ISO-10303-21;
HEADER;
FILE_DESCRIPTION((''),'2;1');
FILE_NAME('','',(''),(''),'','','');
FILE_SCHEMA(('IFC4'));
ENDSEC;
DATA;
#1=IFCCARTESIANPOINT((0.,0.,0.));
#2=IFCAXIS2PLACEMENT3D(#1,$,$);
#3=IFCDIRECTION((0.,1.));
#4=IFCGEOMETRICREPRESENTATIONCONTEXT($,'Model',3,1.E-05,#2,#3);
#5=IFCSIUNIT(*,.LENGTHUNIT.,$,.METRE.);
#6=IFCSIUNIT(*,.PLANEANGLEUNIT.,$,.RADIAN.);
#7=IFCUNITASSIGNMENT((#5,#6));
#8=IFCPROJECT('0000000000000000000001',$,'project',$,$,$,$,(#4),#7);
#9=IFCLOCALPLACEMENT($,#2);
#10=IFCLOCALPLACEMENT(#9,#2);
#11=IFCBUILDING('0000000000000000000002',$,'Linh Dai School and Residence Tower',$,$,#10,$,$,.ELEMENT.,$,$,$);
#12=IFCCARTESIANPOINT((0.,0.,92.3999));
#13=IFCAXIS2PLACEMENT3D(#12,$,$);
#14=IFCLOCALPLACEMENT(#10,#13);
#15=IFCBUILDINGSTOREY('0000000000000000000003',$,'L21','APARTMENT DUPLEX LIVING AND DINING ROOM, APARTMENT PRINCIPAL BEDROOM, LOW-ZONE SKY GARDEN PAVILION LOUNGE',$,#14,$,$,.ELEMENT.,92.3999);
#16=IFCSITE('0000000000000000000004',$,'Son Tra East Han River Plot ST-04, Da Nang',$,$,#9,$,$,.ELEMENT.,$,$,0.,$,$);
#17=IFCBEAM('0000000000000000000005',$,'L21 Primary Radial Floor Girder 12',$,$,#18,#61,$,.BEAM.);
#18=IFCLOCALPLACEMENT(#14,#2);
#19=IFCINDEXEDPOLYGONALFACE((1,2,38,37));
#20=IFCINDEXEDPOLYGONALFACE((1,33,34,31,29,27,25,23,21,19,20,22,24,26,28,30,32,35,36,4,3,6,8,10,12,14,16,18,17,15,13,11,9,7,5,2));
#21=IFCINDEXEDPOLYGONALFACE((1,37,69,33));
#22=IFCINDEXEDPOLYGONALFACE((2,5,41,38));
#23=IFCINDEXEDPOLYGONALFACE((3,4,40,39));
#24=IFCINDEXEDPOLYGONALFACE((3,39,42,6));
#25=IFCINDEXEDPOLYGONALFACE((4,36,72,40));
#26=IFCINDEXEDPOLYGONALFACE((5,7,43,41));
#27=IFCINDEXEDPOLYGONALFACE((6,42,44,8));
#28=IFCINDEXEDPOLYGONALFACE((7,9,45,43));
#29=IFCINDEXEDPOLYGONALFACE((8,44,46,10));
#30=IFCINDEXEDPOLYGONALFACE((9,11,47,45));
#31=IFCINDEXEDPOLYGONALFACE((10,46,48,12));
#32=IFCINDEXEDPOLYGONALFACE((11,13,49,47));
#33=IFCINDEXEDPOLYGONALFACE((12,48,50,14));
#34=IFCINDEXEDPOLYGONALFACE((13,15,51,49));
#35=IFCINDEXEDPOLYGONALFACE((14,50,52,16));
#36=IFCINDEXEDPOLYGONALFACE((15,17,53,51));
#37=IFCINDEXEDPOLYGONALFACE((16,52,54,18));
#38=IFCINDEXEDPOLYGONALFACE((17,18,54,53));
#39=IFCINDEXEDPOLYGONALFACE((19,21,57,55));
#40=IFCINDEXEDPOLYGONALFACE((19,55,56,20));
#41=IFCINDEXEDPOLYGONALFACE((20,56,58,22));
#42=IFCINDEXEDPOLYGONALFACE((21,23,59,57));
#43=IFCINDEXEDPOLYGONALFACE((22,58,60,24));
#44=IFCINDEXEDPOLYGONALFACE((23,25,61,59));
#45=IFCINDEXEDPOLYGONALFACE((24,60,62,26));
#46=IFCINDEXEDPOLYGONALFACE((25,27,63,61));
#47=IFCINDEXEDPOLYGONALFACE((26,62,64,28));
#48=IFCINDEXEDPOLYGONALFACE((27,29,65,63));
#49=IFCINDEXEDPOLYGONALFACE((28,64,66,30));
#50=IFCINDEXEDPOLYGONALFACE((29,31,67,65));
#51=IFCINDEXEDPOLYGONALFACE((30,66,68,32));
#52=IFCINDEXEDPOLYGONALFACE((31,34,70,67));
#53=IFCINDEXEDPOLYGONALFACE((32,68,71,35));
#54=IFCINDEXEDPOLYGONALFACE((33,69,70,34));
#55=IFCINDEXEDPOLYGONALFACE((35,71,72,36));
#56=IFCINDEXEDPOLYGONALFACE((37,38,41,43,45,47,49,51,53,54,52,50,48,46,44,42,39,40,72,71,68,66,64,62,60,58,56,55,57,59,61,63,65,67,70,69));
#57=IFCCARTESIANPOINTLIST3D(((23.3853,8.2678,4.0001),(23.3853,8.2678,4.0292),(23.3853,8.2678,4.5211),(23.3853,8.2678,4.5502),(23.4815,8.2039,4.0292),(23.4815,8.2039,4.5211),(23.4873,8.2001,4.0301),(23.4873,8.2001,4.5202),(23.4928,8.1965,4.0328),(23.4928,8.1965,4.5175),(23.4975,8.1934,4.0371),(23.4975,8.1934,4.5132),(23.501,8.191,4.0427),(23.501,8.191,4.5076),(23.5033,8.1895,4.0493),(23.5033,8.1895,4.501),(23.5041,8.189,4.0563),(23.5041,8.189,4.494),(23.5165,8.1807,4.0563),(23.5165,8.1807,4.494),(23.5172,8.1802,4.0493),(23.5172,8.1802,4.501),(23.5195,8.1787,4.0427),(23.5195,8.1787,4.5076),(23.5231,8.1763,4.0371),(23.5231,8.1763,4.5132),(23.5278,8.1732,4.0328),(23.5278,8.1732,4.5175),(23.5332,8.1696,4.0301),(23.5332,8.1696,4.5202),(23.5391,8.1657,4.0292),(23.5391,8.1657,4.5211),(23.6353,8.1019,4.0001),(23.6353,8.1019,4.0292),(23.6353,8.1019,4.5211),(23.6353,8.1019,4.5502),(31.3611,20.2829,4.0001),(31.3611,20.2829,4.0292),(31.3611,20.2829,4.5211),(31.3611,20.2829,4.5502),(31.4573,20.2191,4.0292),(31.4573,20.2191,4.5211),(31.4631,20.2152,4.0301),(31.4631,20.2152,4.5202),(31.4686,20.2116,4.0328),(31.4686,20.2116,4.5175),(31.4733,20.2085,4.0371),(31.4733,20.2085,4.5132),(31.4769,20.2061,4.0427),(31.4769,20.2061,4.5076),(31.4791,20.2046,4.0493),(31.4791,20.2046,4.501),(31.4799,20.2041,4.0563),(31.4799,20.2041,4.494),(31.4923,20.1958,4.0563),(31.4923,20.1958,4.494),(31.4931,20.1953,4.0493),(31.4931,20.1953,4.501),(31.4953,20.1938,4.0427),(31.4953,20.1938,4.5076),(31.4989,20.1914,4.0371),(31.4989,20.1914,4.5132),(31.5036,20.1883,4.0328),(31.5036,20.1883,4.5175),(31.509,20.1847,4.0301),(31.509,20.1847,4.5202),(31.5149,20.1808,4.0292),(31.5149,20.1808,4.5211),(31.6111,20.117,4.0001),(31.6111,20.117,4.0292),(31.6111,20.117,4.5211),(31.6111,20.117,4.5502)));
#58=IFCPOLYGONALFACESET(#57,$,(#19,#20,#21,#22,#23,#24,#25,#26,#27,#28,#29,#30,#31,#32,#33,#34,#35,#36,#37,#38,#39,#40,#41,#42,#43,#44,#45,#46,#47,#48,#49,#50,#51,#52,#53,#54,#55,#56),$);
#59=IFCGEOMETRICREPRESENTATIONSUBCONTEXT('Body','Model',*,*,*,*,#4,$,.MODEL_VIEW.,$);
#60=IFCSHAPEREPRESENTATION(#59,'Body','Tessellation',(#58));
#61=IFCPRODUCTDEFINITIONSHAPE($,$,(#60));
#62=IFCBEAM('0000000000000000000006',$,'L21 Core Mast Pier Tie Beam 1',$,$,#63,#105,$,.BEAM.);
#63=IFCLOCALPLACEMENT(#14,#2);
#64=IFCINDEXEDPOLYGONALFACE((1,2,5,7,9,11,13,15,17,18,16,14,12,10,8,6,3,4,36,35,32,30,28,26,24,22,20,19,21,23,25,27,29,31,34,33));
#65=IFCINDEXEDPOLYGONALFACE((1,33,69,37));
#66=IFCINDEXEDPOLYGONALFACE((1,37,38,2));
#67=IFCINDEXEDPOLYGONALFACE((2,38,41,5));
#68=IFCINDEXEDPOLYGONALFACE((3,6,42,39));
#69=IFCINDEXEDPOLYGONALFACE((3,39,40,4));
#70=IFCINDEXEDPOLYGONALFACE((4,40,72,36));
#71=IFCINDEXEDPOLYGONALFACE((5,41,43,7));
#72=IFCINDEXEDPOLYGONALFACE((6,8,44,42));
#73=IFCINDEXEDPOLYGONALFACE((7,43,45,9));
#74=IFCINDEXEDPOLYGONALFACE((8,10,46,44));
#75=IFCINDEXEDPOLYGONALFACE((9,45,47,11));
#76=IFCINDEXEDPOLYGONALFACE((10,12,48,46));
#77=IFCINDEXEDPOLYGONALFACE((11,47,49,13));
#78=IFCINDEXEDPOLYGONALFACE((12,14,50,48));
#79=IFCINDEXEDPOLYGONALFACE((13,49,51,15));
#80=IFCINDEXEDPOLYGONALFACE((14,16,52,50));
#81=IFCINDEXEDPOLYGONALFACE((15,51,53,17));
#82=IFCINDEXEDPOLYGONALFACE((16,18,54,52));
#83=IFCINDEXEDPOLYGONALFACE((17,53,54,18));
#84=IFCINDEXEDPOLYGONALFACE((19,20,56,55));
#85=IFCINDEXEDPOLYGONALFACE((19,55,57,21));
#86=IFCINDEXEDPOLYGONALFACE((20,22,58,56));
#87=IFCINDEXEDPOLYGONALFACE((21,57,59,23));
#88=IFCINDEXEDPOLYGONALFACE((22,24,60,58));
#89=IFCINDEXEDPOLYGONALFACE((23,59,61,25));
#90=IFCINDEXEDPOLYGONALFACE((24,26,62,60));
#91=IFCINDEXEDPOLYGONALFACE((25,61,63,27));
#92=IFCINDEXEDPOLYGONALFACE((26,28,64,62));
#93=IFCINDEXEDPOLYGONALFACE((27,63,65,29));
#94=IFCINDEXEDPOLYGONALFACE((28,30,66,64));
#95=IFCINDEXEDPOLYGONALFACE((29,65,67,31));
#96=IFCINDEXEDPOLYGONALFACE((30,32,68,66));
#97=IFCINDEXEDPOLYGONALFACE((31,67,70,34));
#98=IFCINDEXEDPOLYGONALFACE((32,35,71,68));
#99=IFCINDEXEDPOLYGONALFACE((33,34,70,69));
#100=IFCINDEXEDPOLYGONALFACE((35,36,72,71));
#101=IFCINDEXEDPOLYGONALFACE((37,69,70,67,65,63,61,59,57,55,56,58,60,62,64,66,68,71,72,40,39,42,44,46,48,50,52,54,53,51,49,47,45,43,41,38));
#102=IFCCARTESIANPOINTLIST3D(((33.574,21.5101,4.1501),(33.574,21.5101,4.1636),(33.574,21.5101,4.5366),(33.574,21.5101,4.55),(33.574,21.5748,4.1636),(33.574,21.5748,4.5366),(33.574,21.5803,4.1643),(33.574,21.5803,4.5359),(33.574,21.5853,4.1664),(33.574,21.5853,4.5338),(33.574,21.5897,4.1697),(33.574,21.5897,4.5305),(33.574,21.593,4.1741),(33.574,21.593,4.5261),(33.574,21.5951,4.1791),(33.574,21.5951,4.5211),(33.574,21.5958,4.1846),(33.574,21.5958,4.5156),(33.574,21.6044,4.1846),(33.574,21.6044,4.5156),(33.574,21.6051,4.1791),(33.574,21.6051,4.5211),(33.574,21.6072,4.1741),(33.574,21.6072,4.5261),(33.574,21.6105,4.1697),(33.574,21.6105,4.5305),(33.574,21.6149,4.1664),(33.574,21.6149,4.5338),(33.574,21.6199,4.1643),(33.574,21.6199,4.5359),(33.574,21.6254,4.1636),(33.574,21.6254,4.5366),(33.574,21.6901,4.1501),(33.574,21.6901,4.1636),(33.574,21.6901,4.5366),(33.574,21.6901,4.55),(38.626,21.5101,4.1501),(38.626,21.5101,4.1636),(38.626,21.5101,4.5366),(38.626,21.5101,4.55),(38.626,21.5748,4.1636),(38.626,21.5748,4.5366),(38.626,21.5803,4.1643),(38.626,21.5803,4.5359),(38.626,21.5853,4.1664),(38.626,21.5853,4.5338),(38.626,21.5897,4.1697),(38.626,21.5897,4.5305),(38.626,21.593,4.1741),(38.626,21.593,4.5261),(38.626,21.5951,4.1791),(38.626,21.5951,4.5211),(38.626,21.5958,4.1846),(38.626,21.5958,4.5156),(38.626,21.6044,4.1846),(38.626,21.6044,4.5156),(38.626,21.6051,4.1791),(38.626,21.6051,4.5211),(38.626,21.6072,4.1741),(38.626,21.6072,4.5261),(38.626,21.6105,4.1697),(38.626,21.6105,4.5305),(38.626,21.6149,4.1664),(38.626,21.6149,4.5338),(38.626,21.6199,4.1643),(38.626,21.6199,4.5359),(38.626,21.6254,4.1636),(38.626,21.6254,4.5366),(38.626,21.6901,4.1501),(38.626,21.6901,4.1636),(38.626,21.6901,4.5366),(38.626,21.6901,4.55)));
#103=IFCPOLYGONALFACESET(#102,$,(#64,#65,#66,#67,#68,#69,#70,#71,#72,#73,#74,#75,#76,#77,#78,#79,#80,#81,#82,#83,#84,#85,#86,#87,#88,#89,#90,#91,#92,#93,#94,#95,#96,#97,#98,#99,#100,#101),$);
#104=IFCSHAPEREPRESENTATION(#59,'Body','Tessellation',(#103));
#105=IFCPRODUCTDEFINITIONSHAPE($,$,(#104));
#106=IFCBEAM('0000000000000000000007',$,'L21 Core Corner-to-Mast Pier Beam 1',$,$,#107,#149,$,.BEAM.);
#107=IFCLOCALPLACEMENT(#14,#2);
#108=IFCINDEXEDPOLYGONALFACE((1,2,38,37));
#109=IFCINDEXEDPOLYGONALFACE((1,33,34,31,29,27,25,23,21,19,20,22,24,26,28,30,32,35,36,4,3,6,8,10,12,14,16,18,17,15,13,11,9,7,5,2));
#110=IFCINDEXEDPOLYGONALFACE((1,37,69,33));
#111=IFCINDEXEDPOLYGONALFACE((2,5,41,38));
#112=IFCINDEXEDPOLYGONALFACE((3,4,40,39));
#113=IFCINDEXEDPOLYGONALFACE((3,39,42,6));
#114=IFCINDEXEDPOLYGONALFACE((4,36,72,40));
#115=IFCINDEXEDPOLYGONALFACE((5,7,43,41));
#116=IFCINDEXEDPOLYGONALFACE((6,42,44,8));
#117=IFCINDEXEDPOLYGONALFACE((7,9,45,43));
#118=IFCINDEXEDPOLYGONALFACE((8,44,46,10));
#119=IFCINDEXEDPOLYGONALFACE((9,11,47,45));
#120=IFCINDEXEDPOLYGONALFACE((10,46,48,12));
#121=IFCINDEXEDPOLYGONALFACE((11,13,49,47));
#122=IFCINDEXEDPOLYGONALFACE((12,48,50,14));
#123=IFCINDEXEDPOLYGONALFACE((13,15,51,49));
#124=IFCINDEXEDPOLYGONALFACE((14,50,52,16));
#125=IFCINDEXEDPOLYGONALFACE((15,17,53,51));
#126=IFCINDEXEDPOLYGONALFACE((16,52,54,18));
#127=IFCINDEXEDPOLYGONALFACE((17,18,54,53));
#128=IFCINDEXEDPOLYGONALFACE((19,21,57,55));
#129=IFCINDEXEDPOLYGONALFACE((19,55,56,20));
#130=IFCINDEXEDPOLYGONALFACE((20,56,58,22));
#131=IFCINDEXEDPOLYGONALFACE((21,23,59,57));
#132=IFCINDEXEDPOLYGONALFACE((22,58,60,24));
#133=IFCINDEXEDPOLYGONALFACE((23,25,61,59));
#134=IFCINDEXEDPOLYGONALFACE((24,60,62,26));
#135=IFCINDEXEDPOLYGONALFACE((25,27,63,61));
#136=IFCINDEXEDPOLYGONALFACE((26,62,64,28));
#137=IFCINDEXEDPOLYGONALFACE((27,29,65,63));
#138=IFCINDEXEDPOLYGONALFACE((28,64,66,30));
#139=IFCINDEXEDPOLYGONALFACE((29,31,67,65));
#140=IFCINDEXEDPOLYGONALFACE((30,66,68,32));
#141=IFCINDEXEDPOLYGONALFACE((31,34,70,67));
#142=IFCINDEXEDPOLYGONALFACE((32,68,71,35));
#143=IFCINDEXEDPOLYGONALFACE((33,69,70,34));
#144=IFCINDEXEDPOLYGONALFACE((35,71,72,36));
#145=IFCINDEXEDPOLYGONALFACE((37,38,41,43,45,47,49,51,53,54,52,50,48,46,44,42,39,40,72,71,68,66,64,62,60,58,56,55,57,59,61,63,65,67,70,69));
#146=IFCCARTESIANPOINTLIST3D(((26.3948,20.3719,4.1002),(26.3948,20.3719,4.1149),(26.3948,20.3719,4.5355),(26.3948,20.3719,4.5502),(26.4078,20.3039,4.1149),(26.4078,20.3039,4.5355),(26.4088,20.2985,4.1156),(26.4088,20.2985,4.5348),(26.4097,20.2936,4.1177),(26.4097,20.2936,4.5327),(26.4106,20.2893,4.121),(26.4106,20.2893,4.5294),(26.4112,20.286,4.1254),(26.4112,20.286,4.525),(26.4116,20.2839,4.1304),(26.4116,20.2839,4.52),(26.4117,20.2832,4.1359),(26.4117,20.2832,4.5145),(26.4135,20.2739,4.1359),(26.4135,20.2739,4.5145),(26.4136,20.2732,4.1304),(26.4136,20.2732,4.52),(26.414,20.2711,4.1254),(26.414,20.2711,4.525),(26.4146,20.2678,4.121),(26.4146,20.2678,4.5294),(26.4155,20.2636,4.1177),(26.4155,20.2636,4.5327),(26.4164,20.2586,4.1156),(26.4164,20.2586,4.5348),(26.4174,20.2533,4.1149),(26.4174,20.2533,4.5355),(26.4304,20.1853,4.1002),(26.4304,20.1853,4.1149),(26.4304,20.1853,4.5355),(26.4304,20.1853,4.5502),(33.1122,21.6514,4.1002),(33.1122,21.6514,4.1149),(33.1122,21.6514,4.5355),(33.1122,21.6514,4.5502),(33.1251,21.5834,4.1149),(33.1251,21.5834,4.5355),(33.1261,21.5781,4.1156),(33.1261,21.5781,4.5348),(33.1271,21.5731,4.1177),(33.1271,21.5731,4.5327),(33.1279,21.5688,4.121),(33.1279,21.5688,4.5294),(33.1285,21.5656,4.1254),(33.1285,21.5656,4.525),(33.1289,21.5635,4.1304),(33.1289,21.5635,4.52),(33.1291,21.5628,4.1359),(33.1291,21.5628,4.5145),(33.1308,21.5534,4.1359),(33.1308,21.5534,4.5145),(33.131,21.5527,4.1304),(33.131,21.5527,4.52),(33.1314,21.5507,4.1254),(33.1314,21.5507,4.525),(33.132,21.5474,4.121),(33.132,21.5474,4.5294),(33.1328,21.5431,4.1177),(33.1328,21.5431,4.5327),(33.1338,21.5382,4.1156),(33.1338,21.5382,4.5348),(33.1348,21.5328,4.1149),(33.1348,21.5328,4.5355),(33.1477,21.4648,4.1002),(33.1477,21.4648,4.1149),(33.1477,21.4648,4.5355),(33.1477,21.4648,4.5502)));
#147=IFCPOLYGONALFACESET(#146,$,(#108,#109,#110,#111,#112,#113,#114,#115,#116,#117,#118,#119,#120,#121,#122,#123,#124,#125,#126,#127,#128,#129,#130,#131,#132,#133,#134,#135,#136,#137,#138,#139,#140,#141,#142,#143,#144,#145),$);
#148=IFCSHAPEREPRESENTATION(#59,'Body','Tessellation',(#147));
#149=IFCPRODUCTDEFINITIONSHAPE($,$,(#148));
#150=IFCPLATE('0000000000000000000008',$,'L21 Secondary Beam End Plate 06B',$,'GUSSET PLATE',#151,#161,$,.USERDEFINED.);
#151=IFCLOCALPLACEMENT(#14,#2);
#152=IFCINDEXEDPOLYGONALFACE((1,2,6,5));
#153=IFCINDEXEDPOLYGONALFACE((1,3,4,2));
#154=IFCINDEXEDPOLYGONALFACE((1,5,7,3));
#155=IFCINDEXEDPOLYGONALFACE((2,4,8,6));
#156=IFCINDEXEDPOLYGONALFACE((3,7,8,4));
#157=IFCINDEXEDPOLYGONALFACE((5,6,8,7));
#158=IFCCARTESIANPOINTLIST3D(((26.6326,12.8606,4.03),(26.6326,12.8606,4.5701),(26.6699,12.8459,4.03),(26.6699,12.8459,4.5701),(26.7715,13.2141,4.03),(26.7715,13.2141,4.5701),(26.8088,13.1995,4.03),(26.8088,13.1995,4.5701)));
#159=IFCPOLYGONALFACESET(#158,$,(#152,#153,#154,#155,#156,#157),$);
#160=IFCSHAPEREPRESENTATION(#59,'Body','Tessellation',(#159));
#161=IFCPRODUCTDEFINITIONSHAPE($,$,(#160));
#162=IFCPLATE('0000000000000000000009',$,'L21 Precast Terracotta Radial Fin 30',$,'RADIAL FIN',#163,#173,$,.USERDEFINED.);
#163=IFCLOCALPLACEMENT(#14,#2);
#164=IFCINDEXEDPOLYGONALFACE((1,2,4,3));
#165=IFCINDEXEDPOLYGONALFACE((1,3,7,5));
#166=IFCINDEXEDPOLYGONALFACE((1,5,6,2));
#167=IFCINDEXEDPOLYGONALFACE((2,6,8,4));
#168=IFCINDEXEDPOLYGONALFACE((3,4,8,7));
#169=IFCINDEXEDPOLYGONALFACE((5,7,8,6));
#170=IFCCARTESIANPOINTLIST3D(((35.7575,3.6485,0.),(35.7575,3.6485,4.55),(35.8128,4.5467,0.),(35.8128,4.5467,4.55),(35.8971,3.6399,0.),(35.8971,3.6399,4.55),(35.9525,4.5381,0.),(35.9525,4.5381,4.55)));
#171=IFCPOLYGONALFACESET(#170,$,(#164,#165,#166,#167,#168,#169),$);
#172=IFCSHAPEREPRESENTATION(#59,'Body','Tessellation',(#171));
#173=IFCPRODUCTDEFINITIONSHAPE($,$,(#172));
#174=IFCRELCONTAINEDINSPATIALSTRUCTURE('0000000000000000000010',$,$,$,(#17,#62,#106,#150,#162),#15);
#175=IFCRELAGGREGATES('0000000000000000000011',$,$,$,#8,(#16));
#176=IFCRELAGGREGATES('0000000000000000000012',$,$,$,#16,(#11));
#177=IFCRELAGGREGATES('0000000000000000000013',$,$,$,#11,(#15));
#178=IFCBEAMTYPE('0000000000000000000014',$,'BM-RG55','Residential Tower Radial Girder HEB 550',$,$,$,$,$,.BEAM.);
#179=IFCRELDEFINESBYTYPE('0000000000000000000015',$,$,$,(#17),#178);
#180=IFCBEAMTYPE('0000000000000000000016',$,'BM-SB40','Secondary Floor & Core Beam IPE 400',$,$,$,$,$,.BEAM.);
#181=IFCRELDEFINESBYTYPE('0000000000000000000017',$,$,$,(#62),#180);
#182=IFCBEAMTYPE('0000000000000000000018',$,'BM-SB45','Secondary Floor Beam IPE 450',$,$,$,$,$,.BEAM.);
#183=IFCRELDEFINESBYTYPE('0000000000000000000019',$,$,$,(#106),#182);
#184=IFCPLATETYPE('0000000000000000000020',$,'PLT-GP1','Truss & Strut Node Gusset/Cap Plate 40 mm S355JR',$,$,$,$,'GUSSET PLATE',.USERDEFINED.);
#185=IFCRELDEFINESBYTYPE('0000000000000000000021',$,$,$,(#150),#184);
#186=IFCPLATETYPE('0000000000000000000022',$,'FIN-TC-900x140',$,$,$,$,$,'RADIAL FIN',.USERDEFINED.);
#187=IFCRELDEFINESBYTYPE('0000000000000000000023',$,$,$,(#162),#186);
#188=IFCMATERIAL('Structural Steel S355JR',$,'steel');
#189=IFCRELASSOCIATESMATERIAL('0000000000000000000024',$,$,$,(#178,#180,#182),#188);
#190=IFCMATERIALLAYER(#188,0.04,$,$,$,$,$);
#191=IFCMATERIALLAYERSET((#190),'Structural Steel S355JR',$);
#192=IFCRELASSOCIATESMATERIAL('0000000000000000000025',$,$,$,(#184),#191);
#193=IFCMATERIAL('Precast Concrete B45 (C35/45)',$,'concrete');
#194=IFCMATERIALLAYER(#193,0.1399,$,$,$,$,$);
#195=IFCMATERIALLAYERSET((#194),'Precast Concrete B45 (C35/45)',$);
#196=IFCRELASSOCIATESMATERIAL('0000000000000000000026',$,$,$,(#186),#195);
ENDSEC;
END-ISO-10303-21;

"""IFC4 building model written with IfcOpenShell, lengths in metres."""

from ifc_helpers import new_model, si_unit, direction, frame, origin, origin_2d, place, context, subcontext, project, spatial, rectangle, i_section, extrude, source, transform, mapped, material, layer, layer_set, material_profile, profile_set, type_object, element, save


model = new_model("IFC4")

# Units and contexts
model_context = context("Model", 3, precision=1e-05, world=origin(), true_north=direction((0.0, 1.0)))
body_context = subcontext(model_context, "Body", "Model", "MODEL_VIEW")
ifc_project = project(units=[si_unit("LENGTHUNIT", "METRE"), si_unit("PLANEANGLEUNIT", "RADIAN")], contexts=[model_context])

# Site, building, storey
site_placement = place(None, origin())
site = spatial("IfcSite", under=ifc_project, at=site_placement, Name="Son Tra East Han River Plot ST-04, Da Nang", CompositionType="ELEMENT", RefElevation=0.0)
building_placement = place(site_placement, origin())
building = spatial("IfcBuilding", under=site, at=building_placement, Name="Linh Dai School and Residence Tower", CompositionType="ELEMENT")
storey_placement = place(building_placement, frame((0.0, 0.0, 92.3999)))
storey = spatial("IfcBuildingStorey", under=building, at=storey_placement, Name="L21", Description="APARTMENT DUPLEX LIVING AND DINING ROOM, APARTMENT PRINCIPAL BEDROOM, LOW-ZONE SKY GARDEN PAVILION LOUNGE", CompositionType="ELEMENT", Elevation=92.3999)

# Shared definitions
ifc_material_1 = material(Name="Structural Steel S355JR", Category="steel")

# Beams
ifc_material_profile_1 = material_profile(ifc_material_1, i_section(OverallWidth=0.3, OverallDepth=0.55, WebThickness=0.0149, FlangeThickness=0.0291, FilletRadius=0.0271, at=origin_2d()), Name="HEB 550")
ifc_profile_set_1 = profile_set([ifc_material_profile_1], Name="Structural Steel S355JR")
beam_type_1 = type_object("IfcBeamType", Name="BM-RG55", Description="Residential Tower Radial Girder HEB 550", PredefinedType="BEAM", material=ifc_profile_set_1)
beam_1_placement = place(storey_placement, frame((31.4861, 20.2, 4.2751), z_axis=(-0.553054, -0.833145, 0.0), x_axis=(0.833145, -0.553054, 0.0)))
element("IfcBeam", 1, at=beam_1_placement, inside=storey, type_object=beam_type_1, Name="L21 Primary Radial Floor Girder 12", PredefinedType="BEAM", context=body_context, shape_type="SweptSolid", body=[
    extrude(i_section(OverallWidth=0.3, OverallDepth=0.55, WebThickness=0.0149, FlangeThickness=0.0291, FilletRadius=0.0271, at=origin_2d()), origin(), (0.0, 0.0, 1.0), 14.4214),
])
ifc_material_profile_2 = material_profile(ifc_material_1, i_section(OverallWidth=0.1799, OverallDepth=0.3999, WebThickness=0.0085, FlangeThickness=0.0134, FilletRadius=0.021, at=origin_2d()), Name="IPE 400")
ifc_profile_set_2 = profile_set([ifc_material_profile_2], Name="Structural Steel S355JR")
beam_type_2 = type_object("IfcBeamType", Name="BM-SB40", Description="Secondary Floor & Core Beam IPE 400", PredefinedType="BEAM", material=ifc_profile_set_2)
beam_2_placement = place(storey_placement, frame((33.574, 21.6001, 4.3501), z_axis=(1.0, 0.0, 0.0), x_axis=(0.0, 1.0, 0.0)))
element("IfcBeam", 2, at=beam_2_placement, inside=storey, type_object=beam_type_2, Name="L21 Core Mast Pier Tie Beam 1", PredefinedType="BEAM", context=body_context, shape_type="SweptSolid", body=[
    extrude(i_section(OverallWidth=0.1799, OverallDepth=0.3999, WebThickness=0.0085, FlangeThickness=0.0134, FilletRadius=0.021, at=origin_2d()), origin(), (0.0, 0.0, 1.0), 5.052),
])
ifc_material_profile_3 = material_profile(ifc_material_1, i_section(OverallWidth=0.1899, OverallDepth=0.45, WebThickness=0.0095, FlangeThickness=0.0146, FilletRadius=0.021, at=origin_2d()), Name="IPE 450")
ifc_profile_set_3 = profile_set([ifc_material_profile_3], Name="Structural Steel S355JR")
beam_type_3 = type_object("IfcBeamType", Name="BM-SB45", Description="Secondary Floor Beam IPE 450", PredefinedType="BEAM", material=ifc_profile_set_3)
beam_3_placement = place(storey_placement, frame((26.4126, 20.2786, 4.3252), z_axis=(0.982337, 0.18712, 0.0), x_axis=(-0.18712, 0.982337, 0.0)))
element("IfcBeam", 3, at=beam_3_placement, inside=storey, type_object=beam_type_3, Name="L21 Core Corner-to-Mast Pier Beam 1", PredefinedType="BEAM", context=body_context, shape_type="SweptSolid", body=[
    extrude(i_section(OverallWidth=0.1899, OverallDepth=0.45, WebThickness=0.0095, FlangeThickness=0.0146, FilletRadius=0.021, at=origin_2d()), origin(), (0.0, 0.0, 1.0), 6.8381),
])

# Plates
ifc_layer_1 = layer(ifc_material_1, 0.04)
ifc_layer_set_1 = layer_set([ifc_layer_1], Name="Structural Steel S355JR")
plate_type_1 = type_object("IfcPlateType", Name="PLT-GP1", Description="Truss & Strut Node Gusset/Cap Plate 40 mm S355JR", ElementType="GUSSET PLATE", PredefinedType="USERDEFINED", material=ifc_layer_set_1)
shared_shape_1 = source(origin(), body_context, "Body", "SweptSolid", [
    extrude(rectangle(XDim=0.04, YDim=0.3799, at=origin_2d()), origin(), (0.0, 0.0, 1.0), 0.54),
])
plate_1_placement = place(storey_placement, frame((26.7207, 13.03, 4.03), z_axis=(0.0, 0.0, 1.0), x_axis=(0.930752, -0.36565, 0.0)))
element("IfcPlate", 4, at=plate_1_placement, inside=storey, type_object=plate_type_1, Name="L21 Secondary Beam End Plate 06B", ObjectType="GUSSET PLATE", PredefinedType="USERDEFINED", context=body_context, shape_type="MappedRepresentation", body=[
    mapped(shared_shape_1, transform((0.0, 0.0, 0.0), x_axis=(1.0, 0.0, 0.0), y_axis=(0.0, 1.0, 0.0), z_axis=(0.0, 0.0, 1.0), scale=1.0)),
])
ifc_material_2 = material(Name="Precast Concrete B45 (C35/45)", Category="concrete")
ifc_layer_2 = layer(ifc_material_2, 0.1399)
ifc_layer_set_2 = layer_set([ifc_layer_2], Name="Precast Concrete B45 (C35/45)")
plate_type_2 = type_object("IfcPlateType", Name="FIN-TC-900x140", ElementType="RADIAL FIN", PredefinedType="USERDEFINED", material=ifc_layer_set_2)
shared_shape_2 = source(origin(), body_context, "Body", "SweptSolid", [
    extrude(rectangle(XDim=0.8999, YDim=0.1399, at=origin_2d()), origin(), (0.0, 0.0, 1.0), 4.55),
])
plate_2_placement = place(storey_placement, frame((35.855, 4.0933, 0.0), z_axis=(0.0, 0.0, 1.0), x_axis=(-0.061509, -0.998107, 0.0)))
element("IfcPlate", 5, at=plate_2_placement, inside=storey, type_object=plate_type_2, Name="L21 Precast Terracotta Radial Fin 30", ObjectType="RADIAL FIN", PredefinedType="USERDEFINED", context=body_context, shape_type="MappedRepresentation", body=[
    mapped(shared_shape_2, transform((0.0, 0.0, 0.0), x_axis=(1.0, 0.0, 0.0), y_axis=(0.0, 1.0, 0.0), z_axis=(0.0, 0.0, 1.0), scale=1.0)),
])

save(model, "model.ifc")
